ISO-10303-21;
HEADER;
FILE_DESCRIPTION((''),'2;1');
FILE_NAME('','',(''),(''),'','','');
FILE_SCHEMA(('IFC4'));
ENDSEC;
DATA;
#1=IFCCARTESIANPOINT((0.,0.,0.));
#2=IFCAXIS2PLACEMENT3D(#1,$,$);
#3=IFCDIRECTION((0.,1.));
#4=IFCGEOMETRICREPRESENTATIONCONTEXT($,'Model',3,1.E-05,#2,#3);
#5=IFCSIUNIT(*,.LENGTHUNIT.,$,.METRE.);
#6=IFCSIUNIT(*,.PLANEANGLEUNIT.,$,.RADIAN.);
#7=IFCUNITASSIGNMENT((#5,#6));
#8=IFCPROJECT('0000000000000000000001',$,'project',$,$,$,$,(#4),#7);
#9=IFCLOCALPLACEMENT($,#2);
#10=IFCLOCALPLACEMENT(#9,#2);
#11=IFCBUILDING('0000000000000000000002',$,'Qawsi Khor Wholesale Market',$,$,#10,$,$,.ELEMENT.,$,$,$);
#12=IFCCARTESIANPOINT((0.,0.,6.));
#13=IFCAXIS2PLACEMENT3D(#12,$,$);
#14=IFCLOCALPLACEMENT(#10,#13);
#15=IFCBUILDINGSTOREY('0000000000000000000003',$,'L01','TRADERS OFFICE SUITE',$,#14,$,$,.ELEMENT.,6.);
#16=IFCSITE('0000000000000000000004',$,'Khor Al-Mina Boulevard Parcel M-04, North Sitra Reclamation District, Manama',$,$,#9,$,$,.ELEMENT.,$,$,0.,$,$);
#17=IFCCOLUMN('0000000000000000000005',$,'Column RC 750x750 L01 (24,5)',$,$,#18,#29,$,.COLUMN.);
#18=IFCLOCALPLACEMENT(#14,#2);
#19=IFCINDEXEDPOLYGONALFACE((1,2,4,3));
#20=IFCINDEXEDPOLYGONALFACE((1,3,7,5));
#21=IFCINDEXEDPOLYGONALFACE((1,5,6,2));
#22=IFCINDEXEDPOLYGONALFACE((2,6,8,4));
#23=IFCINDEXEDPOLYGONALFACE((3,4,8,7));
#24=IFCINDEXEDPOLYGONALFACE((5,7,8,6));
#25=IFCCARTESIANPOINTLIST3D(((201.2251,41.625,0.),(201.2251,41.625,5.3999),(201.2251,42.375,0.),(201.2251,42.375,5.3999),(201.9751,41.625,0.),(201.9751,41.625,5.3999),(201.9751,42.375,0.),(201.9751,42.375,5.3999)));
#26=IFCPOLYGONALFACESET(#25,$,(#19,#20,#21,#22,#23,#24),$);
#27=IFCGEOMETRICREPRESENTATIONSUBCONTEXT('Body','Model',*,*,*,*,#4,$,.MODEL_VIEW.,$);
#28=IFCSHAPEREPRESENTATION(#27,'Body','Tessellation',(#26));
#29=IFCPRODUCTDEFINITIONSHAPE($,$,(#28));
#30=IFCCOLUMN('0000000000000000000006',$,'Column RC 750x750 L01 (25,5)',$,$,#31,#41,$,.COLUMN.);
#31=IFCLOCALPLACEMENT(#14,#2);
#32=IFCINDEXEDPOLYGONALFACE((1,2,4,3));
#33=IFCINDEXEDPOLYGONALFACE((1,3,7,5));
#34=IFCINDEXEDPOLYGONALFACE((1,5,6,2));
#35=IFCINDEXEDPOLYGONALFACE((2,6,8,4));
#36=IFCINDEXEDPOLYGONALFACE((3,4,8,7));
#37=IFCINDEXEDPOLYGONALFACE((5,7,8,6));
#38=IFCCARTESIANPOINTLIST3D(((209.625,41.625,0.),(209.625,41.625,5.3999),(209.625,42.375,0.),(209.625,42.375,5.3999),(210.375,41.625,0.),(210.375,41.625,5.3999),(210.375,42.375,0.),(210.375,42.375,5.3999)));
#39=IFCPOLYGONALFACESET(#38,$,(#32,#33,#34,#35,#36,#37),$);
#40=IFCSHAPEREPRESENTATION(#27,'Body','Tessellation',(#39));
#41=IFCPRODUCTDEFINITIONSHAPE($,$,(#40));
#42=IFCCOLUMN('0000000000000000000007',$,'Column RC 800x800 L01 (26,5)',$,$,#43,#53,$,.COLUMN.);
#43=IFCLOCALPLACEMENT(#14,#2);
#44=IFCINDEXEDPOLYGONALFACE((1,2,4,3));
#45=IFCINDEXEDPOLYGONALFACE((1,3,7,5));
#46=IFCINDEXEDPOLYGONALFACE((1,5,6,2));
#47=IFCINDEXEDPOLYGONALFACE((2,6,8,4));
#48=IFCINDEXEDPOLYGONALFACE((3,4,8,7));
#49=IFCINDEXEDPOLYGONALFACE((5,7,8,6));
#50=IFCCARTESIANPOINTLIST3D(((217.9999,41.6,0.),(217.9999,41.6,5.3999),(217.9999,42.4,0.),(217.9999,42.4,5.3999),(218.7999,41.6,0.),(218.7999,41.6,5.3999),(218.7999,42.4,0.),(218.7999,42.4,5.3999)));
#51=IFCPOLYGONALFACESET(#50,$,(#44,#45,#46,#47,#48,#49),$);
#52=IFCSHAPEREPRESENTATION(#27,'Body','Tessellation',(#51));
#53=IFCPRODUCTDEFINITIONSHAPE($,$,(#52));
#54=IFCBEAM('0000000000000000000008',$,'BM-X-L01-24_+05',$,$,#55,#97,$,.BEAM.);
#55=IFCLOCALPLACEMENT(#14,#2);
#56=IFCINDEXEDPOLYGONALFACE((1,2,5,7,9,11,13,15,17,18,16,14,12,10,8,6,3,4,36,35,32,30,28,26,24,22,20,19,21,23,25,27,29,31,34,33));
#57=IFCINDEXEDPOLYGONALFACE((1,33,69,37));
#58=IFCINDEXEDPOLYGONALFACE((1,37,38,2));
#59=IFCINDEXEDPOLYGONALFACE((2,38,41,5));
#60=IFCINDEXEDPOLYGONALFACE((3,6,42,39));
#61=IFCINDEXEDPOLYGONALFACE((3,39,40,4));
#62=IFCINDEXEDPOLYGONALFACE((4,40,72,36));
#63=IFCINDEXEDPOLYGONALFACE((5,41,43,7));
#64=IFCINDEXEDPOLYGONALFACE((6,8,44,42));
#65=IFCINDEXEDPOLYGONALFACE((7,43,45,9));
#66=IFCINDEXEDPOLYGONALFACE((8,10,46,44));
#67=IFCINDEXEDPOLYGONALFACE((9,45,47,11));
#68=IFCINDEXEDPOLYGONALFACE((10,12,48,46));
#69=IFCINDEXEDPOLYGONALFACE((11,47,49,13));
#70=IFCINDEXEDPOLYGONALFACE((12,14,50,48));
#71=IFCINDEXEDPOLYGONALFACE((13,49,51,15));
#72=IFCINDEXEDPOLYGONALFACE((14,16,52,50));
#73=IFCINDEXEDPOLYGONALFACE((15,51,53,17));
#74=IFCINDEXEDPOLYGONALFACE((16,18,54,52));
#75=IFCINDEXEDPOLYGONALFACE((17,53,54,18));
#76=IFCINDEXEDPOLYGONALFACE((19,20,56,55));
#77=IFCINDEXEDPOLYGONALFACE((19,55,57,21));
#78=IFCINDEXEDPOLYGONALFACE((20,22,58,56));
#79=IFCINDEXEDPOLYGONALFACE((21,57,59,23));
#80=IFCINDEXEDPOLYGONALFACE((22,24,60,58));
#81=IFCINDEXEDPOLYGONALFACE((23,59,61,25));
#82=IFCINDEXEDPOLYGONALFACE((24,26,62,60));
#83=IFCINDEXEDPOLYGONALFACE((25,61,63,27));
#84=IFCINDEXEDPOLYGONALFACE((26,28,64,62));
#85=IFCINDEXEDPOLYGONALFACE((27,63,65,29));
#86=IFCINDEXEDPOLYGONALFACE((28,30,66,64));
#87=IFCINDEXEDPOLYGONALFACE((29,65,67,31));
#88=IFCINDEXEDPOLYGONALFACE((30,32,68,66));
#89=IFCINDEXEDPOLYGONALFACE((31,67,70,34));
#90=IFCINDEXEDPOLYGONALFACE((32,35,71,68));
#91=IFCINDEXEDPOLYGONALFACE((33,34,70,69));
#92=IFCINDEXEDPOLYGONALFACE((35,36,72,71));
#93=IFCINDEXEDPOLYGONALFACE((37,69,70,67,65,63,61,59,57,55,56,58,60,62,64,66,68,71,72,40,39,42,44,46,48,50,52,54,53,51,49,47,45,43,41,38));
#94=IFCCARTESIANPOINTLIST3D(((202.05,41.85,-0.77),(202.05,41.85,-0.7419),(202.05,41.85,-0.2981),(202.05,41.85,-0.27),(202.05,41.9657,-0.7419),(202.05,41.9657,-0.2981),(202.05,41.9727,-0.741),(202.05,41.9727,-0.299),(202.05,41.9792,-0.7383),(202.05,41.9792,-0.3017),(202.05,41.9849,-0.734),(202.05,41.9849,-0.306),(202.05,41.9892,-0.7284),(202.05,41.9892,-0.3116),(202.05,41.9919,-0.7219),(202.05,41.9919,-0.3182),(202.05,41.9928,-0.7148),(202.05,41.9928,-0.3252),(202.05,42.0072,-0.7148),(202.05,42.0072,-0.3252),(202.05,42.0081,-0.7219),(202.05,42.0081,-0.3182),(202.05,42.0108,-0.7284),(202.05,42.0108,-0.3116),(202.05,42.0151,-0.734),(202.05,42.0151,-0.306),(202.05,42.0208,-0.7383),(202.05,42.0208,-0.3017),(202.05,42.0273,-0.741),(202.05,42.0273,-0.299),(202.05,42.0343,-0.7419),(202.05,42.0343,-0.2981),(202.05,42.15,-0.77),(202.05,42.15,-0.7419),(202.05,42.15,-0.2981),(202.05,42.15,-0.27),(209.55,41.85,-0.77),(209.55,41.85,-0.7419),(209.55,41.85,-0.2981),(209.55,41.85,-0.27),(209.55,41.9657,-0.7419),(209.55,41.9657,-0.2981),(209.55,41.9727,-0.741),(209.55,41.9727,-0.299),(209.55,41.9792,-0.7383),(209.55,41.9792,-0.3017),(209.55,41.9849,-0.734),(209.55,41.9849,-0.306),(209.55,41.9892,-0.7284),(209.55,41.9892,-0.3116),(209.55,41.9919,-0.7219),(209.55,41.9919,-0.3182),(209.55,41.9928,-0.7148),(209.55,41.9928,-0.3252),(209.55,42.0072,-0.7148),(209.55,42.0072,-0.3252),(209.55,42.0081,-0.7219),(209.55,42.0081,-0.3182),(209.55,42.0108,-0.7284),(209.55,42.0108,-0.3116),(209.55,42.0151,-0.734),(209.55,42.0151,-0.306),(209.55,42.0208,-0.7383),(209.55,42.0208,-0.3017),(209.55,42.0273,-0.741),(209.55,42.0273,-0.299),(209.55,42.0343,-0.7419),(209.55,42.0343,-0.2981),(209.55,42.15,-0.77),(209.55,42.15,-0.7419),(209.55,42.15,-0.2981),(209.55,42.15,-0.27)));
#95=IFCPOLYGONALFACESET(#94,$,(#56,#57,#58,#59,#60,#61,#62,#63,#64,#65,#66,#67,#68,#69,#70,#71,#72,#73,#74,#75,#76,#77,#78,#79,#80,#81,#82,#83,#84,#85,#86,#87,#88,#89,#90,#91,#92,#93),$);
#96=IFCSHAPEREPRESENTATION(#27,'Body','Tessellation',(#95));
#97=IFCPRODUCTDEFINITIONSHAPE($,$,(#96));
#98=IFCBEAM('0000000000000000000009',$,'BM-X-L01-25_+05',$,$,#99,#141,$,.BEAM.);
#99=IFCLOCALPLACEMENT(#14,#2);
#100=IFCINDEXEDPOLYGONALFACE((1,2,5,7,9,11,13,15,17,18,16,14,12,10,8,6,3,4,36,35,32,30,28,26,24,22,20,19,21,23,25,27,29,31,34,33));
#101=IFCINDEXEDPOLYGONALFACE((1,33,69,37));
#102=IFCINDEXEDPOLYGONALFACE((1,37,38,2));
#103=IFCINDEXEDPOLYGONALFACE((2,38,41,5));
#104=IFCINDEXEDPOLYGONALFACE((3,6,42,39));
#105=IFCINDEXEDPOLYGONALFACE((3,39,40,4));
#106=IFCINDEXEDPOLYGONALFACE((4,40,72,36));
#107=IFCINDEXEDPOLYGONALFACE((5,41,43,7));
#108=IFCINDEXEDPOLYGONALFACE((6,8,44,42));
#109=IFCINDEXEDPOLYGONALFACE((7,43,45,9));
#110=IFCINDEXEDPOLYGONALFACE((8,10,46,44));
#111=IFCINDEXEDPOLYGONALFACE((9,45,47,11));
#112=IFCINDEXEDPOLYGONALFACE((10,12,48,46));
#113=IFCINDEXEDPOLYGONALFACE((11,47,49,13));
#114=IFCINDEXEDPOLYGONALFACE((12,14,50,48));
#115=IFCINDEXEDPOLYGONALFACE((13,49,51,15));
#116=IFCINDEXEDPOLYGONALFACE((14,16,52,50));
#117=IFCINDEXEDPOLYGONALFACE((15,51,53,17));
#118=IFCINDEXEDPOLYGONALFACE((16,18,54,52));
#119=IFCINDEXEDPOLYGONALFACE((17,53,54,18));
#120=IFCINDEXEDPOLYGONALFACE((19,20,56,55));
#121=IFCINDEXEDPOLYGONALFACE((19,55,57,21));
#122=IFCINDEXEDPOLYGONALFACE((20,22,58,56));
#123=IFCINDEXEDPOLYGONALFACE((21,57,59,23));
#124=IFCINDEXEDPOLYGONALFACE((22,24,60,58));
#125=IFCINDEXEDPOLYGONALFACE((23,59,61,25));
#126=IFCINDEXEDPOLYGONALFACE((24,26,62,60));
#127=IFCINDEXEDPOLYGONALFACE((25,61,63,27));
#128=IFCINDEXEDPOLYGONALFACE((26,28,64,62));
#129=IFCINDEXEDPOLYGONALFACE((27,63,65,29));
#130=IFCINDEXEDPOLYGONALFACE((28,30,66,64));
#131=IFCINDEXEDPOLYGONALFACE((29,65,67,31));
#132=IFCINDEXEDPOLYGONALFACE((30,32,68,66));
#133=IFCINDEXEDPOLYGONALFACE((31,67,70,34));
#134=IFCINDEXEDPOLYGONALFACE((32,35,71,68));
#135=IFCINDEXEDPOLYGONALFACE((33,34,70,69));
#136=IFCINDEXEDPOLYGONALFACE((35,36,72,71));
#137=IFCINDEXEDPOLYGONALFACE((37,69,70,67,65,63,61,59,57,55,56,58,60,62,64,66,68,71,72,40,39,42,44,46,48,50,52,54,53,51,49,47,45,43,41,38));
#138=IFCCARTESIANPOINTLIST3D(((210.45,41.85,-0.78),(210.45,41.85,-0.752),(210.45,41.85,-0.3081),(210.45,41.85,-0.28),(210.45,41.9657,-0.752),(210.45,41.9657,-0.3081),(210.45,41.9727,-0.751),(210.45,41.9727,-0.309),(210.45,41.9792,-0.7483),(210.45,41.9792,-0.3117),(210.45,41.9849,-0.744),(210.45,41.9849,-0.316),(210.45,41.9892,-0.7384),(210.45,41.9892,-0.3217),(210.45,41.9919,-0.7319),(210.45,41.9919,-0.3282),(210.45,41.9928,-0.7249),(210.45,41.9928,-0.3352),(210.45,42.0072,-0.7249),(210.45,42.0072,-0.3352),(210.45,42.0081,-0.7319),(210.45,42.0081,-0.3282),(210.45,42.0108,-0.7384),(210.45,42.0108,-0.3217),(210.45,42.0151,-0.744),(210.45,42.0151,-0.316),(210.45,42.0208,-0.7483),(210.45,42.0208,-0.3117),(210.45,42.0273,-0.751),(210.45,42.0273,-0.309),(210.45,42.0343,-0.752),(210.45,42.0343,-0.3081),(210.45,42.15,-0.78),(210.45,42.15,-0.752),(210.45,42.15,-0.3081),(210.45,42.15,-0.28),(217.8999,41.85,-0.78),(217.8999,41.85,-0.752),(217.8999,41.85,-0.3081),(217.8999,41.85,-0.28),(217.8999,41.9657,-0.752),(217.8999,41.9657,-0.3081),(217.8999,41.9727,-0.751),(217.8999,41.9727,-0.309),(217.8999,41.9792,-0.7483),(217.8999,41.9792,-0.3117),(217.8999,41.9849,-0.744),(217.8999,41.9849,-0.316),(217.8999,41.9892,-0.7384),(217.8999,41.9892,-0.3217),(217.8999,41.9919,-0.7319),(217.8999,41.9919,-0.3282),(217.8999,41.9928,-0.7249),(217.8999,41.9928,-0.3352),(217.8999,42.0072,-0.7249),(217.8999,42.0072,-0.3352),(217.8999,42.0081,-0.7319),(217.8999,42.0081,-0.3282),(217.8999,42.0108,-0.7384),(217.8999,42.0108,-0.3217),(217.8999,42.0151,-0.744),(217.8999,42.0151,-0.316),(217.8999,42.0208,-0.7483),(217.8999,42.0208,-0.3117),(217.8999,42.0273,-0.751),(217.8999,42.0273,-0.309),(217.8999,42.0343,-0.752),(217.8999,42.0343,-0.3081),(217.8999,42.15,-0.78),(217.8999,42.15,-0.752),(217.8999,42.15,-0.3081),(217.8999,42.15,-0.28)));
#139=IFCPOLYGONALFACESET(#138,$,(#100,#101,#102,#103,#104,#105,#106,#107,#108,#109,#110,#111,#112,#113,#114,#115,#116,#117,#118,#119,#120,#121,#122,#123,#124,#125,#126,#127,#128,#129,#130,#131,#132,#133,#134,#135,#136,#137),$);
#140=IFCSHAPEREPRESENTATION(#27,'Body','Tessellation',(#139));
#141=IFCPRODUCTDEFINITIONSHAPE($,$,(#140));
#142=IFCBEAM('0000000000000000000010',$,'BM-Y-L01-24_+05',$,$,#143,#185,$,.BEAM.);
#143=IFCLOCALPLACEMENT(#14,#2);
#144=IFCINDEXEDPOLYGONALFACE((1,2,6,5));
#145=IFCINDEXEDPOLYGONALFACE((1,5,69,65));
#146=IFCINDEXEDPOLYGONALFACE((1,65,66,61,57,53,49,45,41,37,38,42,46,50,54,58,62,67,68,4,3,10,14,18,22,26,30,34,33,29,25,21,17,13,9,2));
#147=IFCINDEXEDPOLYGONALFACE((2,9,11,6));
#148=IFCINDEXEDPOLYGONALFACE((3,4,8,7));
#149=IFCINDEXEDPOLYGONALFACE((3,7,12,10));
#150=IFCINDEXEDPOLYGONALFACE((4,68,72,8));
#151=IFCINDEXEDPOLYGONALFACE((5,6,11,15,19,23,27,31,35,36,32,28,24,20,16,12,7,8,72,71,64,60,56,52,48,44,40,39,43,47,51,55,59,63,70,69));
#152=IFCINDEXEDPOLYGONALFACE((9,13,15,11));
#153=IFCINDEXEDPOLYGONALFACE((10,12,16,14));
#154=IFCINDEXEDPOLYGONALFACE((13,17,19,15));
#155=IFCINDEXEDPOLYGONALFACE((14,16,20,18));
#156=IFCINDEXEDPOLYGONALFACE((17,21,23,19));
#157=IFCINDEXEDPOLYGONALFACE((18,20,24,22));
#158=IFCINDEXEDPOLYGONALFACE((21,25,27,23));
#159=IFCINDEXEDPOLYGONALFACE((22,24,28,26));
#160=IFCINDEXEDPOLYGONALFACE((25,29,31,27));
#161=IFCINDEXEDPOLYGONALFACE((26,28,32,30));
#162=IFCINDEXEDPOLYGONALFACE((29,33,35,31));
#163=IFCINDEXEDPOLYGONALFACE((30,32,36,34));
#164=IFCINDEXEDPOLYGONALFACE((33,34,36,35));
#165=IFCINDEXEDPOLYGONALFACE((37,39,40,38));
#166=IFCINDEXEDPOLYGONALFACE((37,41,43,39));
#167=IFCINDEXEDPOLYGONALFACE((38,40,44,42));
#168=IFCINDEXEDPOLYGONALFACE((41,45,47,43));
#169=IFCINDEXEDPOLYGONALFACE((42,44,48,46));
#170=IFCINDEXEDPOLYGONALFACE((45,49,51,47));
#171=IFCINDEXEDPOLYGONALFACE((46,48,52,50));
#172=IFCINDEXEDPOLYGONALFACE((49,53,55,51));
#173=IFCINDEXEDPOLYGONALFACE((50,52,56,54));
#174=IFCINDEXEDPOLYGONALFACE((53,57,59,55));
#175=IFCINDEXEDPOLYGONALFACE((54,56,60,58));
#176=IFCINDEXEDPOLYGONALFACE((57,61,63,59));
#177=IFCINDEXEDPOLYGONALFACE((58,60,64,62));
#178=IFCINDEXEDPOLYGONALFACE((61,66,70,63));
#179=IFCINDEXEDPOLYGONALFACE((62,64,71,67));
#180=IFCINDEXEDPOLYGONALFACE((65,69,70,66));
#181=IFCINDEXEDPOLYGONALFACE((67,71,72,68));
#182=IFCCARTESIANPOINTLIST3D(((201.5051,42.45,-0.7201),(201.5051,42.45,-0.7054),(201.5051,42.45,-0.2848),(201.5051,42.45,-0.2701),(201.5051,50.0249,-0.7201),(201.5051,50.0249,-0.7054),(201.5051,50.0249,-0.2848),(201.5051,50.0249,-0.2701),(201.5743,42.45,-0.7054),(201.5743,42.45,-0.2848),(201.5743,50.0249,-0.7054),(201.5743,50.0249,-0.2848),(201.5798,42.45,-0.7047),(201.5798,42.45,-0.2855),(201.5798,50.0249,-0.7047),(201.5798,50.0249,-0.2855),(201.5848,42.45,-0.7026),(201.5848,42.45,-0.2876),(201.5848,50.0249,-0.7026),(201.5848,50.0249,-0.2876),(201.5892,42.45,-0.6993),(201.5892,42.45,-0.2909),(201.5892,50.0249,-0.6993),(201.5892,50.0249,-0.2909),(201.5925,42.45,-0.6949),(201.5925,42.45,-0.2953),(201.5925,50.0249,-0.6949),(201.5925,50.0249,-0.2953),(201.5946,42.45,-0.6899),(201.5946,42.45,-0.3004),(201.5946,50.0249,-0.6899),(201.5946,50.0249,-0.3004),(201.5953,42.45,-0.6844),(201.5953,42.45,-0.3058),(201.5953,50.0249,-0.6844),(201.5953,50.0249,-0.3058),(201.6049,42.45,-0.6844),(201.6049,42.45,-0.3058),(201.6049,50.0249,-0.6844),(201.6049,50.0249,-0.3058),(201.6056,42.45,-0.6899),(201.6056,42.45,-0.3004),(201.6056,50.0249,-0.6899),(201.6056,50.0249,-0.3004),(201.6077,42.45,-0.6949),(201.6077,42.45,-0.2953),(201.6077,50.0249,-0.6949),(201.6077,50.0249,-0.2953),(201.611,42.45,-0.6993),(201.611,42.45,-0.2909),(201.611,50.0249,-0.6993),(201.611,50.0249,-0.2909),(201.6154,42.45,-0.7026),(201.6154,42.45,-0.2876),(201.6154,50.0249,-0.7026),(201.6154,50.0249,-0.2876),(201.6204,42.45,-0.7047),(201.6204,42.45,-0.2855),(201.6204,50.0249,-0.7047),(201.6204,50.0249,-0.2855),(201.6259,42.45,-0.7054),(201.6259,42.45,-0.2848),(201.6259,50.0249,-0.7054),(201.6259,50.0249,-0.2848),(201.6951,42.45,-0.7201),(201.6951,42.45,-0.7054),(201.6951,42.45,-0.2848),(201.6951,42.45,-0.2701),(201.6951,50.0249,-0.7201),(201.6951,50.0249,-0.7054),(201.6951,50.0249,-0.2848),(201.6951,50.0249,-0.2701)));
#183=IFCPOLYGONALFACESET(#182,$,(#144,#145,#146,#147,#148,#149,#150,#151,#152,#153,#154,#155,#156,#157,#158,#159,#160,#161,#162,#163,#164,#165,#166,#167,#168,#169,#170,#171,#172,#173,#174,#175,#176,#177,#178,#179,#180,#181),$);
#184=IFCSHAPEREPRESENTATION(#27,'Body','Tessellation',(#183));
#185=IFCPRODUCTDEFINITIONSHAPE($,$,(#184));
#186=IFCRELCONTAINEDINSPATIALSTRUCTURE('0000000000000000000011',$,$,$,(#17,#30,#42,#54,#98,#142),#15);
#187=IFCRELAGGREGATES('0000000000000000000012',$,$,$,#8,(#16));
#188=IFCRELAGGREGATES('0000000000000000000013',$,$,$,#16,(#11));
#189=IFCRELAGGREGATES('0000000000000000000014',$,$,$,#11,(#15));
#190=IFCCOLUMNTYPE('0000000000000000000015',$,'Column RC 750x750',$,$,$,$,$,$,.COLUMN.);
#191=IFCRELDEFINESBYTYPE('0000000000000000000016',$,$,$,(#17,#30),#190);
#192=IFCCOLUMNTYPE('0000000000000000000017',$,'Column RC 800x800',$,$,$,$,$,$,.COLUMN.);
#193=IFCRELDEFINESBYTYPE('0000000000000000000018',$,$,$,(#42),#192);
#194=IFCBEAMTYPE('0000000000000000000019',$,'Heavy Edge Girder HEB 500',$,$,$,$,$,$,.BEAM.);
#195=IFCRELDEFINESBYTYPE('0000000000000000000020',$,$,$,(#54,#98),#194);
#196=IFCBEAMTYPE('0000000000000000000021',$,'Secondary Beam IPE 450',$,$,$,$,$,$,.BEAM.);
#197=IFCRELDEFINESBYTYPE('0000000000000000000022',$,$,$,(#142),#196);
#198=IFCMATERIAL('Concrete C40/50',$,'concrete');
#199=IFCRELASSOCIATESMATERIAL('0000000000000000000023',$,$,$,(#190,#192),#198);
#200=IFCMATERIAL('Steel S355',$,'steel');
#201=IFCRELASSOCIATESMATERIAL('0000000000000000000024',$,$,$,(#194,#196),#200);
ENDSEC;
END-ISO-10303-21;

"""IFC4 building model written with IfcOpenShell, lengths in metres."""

from ifc_helpers import new_model, si_unit, direction, frame, origin, origin_2d, place, context, subcontext, project, spatial, rectangle, i_section, extrude, material, material_profile, profile_set, type_object, element, save


model = new_model("IFC4")

# Units and contexts
model_context = context("Model", 3, precision=1e-05, world=origin(), true_north=direction((0.0, 1.0)))
body_context = subcontext(model_context, "Body", "Model", "MODEL_VIEW")
ifc_project = project(units=[si_unit("LENGTHUNIT", "METRE"), si_unit("PLANEANGLEUNIT", "RADIAN")], contexts=[model_context])

# Site, building, storey
site_placement = place(None, origin())
site = spatial("IfcSite", under=ifc_project, at=site_placement, Name="Khor Al-Mina Boulevard Parcel M-04, North Sitra Reclamation District, Manama", CompositionType="ELEMENT", RefElevation=0.0)
building_placement = place(site_placement, origin())
building = spatial("IfcBuilding", under=site, at=building_placement, Name="Qawsi Khor Wholesale Market", CompositionType="ELEMENT")
storey_placement = place(building_placement, frame((0.0, 0.0, 6.0)))
storey = spatial("IfcBuildingStorey", under=building, at=storey_placement, Name="L01", Description="TRADERS OFFICE SUITE", CompositionType="ELEMENT", Elevation=6.0)

# Columns
ifc_material_1 = material(Name="Concrete C40/50", Category="concrete")
ifc_material_profile_1 = material_profile(ifc_material_1, rectangle(XDim=0.75, YDim=0.75, at=origin_2d()), Name="RC 750x750")
ifc_profile_set_1 = profile_set([ifc_material_profile_1], Name="Concrete C40/50")
column_type_1 = type_object("IfcColumnType", Name="Column RC 750x750", PredefinedType="COLUMN", material=ifc_profile_set_1)
for number, where, z_axis, x_axis, name in (
    (1, (201.6001, 42.0, 0.0), (0.0, 0.0, 1.0), (1.0, 0.0, 0.0), "Column RC 750x750 L01 (24,5)"),
    (2, (210.0, 42.0, 0.0), (0.0, 0.0, 1.0), (1.0, 0.0, 0.0), "Column RC 750x750 L01 (25,5)"),
):
    element("IfcColumn", number, at=place(storey_placement, frame(where, z_axis=z_axis, x_axis=x_axis)), inside=storey, type_object=column_type_1, Name=name, PredefinedType="COLUMN", context=body_context, shape_type="SweptSolid", body=[
        extrude(rectangle(XDim=0.75, YDim=0.75, at=origin_2d()), origin(), (0.0, 0.0, 1.0), 5.3999),
    ])
ifc_material_profile_2 = material_profile(ifc_material_1, rectangle(XDim=0.8, YDim=0.8, at=origin_2d()), Name="RC 800x800")
ifc_profile_set_2 = profile_set([ifc_material_profile_2], Name="Concrete C40/50")
column_type_2 = type_object("IfcColumnType", Name="Column RC 800x800", PredefinedType="COLUMN", material=ifc_profile_set_2)
column_placement = place(storey_placement, frame((218.3999, 42.0, 0.0), z_axis=(0.0, 0.0, 1.0), x_axis=(1.0, 0.0, 0.0)))
element("IfcColumn", 3, at=column_placement, inside=storey, type_object=column_type_2, Name="Column RC 800x800 L01 (26,5)", PredefinedType="COLUMN", context=body_context, shape_type="SweptSolid", body=[
    extrude(rectangle(XDim=0.8, YDim=0.8, at=origin_2d()), origin(), (0.0, 0.0, 1.0), 5.3999),
])

# Beams
ifc_material_2 = material(Name="Steel S355", Category="steel")
ifc_material_profile_3 = material_profile(ifc_material_2, i_section(OverallWidth=0.3, OverallDepth=0.5, WebThickness=0.0144, FlangeThickness=0.0281, FilletRadius=0.0271, at=origin_2d()), Name="HEB 500")
ifc_profile_set_3 = profile_set([ifc_material_profile_3], Name="Steel S355")
beam_type_1 = type_object("IfcBeamType", Name="Heavy Edge Girder HEB 500", PredefinedType="BEAM", material=ifc_profile_set_3)
beam_1_placement = place(storey_placement, frame((202.05, 42.0, -0.52), z_axis=(1.0, 0.0, 0.0), x_axis=(0.0, 1.0, 0.0)))
element("IfcBeam", 4, at=beam_1_placement, inside=storey, type_object=beam_type_1, Name="BM-X-L01-24_+05", PredefinedType="BEAM", context=body_context, shape_type="SweptSolid", body=[
    extrude(i_section(OverallWidth=0.3, OverallDepth=0.5, WebThickness=0.0144, FlangeThickness=0.0281, FilletRadius=0.0271, at=origin_2d()), origin(), (0.0, 0.0, 1.0), 7.5),
])
beam_2_placement = place(storey_placement, frame((210.45, 42.0, -0.53), z_axis=(1.0, 0.0, 0.0), x_axis=(0.0, 1.0, 0.0)))
element("IfcBeam", 5, at=beam_2_placement, inside=storey, type_object=beam_type_1, Name="BM-X-L01-25_+05", PredefinedType="BEAM", context=body_context, shape_type="SweptSolid", body=[
    extrude(i_section(OverallWidth=0.3, OverallDepth=0.5, WebThickness=0.0144, FlangeThickness=0.0281, FilletRadius=0.0271, at=origin_2d()), origin(), (0.0, 0.0, 1.0), 7.45),
])
ifc_material_profile_4 = material_profile(ifc_material_2, i_section(OverallWidth=0.1899, OverallDepth=0.45, WebThickness=0.0095, FlangeThickness=0.0146, FilletRadius=0.021, at=origin_2d()), Name="IPE 450")
ifc_profile_set_4 = profile_set([ifc_material_profile_4], Name="Steel S355")
beam_type_2 = type_object("IfcBeamType", Name="Secondary Beam IPE 450", PredefinedType="BEAM", material=ifc_profile_set_4)
for number, where, z_axis, x_axis, name in (
    (6, (201.6001, 42.45, -0.4951), (0.0, 1.0, 0.0), (-1.0, 0.0, 0.0), "BM-Y-L01-24_+05"),
):
    element("IfcBeam", number, at=place(storey_placement, frame(where, z_axis=z_axis, x_axis=x_axis)), inside=storey, type_object=beam_type_2, Name=name, PredefinedType="BEAM", context=body_context, shape_type="SweptSolid", body=[
        extrude(i_section(OverallWidth=0.1899, OverallDepth=0.45, WebThickness=0.0095, FlangeThickness=0.0146, FilletRadius=0.021, at=origin_2d()), origin(), (0.0, 0.0, 1.0), 7.575),
    ])

save(model, "model.ifc")
